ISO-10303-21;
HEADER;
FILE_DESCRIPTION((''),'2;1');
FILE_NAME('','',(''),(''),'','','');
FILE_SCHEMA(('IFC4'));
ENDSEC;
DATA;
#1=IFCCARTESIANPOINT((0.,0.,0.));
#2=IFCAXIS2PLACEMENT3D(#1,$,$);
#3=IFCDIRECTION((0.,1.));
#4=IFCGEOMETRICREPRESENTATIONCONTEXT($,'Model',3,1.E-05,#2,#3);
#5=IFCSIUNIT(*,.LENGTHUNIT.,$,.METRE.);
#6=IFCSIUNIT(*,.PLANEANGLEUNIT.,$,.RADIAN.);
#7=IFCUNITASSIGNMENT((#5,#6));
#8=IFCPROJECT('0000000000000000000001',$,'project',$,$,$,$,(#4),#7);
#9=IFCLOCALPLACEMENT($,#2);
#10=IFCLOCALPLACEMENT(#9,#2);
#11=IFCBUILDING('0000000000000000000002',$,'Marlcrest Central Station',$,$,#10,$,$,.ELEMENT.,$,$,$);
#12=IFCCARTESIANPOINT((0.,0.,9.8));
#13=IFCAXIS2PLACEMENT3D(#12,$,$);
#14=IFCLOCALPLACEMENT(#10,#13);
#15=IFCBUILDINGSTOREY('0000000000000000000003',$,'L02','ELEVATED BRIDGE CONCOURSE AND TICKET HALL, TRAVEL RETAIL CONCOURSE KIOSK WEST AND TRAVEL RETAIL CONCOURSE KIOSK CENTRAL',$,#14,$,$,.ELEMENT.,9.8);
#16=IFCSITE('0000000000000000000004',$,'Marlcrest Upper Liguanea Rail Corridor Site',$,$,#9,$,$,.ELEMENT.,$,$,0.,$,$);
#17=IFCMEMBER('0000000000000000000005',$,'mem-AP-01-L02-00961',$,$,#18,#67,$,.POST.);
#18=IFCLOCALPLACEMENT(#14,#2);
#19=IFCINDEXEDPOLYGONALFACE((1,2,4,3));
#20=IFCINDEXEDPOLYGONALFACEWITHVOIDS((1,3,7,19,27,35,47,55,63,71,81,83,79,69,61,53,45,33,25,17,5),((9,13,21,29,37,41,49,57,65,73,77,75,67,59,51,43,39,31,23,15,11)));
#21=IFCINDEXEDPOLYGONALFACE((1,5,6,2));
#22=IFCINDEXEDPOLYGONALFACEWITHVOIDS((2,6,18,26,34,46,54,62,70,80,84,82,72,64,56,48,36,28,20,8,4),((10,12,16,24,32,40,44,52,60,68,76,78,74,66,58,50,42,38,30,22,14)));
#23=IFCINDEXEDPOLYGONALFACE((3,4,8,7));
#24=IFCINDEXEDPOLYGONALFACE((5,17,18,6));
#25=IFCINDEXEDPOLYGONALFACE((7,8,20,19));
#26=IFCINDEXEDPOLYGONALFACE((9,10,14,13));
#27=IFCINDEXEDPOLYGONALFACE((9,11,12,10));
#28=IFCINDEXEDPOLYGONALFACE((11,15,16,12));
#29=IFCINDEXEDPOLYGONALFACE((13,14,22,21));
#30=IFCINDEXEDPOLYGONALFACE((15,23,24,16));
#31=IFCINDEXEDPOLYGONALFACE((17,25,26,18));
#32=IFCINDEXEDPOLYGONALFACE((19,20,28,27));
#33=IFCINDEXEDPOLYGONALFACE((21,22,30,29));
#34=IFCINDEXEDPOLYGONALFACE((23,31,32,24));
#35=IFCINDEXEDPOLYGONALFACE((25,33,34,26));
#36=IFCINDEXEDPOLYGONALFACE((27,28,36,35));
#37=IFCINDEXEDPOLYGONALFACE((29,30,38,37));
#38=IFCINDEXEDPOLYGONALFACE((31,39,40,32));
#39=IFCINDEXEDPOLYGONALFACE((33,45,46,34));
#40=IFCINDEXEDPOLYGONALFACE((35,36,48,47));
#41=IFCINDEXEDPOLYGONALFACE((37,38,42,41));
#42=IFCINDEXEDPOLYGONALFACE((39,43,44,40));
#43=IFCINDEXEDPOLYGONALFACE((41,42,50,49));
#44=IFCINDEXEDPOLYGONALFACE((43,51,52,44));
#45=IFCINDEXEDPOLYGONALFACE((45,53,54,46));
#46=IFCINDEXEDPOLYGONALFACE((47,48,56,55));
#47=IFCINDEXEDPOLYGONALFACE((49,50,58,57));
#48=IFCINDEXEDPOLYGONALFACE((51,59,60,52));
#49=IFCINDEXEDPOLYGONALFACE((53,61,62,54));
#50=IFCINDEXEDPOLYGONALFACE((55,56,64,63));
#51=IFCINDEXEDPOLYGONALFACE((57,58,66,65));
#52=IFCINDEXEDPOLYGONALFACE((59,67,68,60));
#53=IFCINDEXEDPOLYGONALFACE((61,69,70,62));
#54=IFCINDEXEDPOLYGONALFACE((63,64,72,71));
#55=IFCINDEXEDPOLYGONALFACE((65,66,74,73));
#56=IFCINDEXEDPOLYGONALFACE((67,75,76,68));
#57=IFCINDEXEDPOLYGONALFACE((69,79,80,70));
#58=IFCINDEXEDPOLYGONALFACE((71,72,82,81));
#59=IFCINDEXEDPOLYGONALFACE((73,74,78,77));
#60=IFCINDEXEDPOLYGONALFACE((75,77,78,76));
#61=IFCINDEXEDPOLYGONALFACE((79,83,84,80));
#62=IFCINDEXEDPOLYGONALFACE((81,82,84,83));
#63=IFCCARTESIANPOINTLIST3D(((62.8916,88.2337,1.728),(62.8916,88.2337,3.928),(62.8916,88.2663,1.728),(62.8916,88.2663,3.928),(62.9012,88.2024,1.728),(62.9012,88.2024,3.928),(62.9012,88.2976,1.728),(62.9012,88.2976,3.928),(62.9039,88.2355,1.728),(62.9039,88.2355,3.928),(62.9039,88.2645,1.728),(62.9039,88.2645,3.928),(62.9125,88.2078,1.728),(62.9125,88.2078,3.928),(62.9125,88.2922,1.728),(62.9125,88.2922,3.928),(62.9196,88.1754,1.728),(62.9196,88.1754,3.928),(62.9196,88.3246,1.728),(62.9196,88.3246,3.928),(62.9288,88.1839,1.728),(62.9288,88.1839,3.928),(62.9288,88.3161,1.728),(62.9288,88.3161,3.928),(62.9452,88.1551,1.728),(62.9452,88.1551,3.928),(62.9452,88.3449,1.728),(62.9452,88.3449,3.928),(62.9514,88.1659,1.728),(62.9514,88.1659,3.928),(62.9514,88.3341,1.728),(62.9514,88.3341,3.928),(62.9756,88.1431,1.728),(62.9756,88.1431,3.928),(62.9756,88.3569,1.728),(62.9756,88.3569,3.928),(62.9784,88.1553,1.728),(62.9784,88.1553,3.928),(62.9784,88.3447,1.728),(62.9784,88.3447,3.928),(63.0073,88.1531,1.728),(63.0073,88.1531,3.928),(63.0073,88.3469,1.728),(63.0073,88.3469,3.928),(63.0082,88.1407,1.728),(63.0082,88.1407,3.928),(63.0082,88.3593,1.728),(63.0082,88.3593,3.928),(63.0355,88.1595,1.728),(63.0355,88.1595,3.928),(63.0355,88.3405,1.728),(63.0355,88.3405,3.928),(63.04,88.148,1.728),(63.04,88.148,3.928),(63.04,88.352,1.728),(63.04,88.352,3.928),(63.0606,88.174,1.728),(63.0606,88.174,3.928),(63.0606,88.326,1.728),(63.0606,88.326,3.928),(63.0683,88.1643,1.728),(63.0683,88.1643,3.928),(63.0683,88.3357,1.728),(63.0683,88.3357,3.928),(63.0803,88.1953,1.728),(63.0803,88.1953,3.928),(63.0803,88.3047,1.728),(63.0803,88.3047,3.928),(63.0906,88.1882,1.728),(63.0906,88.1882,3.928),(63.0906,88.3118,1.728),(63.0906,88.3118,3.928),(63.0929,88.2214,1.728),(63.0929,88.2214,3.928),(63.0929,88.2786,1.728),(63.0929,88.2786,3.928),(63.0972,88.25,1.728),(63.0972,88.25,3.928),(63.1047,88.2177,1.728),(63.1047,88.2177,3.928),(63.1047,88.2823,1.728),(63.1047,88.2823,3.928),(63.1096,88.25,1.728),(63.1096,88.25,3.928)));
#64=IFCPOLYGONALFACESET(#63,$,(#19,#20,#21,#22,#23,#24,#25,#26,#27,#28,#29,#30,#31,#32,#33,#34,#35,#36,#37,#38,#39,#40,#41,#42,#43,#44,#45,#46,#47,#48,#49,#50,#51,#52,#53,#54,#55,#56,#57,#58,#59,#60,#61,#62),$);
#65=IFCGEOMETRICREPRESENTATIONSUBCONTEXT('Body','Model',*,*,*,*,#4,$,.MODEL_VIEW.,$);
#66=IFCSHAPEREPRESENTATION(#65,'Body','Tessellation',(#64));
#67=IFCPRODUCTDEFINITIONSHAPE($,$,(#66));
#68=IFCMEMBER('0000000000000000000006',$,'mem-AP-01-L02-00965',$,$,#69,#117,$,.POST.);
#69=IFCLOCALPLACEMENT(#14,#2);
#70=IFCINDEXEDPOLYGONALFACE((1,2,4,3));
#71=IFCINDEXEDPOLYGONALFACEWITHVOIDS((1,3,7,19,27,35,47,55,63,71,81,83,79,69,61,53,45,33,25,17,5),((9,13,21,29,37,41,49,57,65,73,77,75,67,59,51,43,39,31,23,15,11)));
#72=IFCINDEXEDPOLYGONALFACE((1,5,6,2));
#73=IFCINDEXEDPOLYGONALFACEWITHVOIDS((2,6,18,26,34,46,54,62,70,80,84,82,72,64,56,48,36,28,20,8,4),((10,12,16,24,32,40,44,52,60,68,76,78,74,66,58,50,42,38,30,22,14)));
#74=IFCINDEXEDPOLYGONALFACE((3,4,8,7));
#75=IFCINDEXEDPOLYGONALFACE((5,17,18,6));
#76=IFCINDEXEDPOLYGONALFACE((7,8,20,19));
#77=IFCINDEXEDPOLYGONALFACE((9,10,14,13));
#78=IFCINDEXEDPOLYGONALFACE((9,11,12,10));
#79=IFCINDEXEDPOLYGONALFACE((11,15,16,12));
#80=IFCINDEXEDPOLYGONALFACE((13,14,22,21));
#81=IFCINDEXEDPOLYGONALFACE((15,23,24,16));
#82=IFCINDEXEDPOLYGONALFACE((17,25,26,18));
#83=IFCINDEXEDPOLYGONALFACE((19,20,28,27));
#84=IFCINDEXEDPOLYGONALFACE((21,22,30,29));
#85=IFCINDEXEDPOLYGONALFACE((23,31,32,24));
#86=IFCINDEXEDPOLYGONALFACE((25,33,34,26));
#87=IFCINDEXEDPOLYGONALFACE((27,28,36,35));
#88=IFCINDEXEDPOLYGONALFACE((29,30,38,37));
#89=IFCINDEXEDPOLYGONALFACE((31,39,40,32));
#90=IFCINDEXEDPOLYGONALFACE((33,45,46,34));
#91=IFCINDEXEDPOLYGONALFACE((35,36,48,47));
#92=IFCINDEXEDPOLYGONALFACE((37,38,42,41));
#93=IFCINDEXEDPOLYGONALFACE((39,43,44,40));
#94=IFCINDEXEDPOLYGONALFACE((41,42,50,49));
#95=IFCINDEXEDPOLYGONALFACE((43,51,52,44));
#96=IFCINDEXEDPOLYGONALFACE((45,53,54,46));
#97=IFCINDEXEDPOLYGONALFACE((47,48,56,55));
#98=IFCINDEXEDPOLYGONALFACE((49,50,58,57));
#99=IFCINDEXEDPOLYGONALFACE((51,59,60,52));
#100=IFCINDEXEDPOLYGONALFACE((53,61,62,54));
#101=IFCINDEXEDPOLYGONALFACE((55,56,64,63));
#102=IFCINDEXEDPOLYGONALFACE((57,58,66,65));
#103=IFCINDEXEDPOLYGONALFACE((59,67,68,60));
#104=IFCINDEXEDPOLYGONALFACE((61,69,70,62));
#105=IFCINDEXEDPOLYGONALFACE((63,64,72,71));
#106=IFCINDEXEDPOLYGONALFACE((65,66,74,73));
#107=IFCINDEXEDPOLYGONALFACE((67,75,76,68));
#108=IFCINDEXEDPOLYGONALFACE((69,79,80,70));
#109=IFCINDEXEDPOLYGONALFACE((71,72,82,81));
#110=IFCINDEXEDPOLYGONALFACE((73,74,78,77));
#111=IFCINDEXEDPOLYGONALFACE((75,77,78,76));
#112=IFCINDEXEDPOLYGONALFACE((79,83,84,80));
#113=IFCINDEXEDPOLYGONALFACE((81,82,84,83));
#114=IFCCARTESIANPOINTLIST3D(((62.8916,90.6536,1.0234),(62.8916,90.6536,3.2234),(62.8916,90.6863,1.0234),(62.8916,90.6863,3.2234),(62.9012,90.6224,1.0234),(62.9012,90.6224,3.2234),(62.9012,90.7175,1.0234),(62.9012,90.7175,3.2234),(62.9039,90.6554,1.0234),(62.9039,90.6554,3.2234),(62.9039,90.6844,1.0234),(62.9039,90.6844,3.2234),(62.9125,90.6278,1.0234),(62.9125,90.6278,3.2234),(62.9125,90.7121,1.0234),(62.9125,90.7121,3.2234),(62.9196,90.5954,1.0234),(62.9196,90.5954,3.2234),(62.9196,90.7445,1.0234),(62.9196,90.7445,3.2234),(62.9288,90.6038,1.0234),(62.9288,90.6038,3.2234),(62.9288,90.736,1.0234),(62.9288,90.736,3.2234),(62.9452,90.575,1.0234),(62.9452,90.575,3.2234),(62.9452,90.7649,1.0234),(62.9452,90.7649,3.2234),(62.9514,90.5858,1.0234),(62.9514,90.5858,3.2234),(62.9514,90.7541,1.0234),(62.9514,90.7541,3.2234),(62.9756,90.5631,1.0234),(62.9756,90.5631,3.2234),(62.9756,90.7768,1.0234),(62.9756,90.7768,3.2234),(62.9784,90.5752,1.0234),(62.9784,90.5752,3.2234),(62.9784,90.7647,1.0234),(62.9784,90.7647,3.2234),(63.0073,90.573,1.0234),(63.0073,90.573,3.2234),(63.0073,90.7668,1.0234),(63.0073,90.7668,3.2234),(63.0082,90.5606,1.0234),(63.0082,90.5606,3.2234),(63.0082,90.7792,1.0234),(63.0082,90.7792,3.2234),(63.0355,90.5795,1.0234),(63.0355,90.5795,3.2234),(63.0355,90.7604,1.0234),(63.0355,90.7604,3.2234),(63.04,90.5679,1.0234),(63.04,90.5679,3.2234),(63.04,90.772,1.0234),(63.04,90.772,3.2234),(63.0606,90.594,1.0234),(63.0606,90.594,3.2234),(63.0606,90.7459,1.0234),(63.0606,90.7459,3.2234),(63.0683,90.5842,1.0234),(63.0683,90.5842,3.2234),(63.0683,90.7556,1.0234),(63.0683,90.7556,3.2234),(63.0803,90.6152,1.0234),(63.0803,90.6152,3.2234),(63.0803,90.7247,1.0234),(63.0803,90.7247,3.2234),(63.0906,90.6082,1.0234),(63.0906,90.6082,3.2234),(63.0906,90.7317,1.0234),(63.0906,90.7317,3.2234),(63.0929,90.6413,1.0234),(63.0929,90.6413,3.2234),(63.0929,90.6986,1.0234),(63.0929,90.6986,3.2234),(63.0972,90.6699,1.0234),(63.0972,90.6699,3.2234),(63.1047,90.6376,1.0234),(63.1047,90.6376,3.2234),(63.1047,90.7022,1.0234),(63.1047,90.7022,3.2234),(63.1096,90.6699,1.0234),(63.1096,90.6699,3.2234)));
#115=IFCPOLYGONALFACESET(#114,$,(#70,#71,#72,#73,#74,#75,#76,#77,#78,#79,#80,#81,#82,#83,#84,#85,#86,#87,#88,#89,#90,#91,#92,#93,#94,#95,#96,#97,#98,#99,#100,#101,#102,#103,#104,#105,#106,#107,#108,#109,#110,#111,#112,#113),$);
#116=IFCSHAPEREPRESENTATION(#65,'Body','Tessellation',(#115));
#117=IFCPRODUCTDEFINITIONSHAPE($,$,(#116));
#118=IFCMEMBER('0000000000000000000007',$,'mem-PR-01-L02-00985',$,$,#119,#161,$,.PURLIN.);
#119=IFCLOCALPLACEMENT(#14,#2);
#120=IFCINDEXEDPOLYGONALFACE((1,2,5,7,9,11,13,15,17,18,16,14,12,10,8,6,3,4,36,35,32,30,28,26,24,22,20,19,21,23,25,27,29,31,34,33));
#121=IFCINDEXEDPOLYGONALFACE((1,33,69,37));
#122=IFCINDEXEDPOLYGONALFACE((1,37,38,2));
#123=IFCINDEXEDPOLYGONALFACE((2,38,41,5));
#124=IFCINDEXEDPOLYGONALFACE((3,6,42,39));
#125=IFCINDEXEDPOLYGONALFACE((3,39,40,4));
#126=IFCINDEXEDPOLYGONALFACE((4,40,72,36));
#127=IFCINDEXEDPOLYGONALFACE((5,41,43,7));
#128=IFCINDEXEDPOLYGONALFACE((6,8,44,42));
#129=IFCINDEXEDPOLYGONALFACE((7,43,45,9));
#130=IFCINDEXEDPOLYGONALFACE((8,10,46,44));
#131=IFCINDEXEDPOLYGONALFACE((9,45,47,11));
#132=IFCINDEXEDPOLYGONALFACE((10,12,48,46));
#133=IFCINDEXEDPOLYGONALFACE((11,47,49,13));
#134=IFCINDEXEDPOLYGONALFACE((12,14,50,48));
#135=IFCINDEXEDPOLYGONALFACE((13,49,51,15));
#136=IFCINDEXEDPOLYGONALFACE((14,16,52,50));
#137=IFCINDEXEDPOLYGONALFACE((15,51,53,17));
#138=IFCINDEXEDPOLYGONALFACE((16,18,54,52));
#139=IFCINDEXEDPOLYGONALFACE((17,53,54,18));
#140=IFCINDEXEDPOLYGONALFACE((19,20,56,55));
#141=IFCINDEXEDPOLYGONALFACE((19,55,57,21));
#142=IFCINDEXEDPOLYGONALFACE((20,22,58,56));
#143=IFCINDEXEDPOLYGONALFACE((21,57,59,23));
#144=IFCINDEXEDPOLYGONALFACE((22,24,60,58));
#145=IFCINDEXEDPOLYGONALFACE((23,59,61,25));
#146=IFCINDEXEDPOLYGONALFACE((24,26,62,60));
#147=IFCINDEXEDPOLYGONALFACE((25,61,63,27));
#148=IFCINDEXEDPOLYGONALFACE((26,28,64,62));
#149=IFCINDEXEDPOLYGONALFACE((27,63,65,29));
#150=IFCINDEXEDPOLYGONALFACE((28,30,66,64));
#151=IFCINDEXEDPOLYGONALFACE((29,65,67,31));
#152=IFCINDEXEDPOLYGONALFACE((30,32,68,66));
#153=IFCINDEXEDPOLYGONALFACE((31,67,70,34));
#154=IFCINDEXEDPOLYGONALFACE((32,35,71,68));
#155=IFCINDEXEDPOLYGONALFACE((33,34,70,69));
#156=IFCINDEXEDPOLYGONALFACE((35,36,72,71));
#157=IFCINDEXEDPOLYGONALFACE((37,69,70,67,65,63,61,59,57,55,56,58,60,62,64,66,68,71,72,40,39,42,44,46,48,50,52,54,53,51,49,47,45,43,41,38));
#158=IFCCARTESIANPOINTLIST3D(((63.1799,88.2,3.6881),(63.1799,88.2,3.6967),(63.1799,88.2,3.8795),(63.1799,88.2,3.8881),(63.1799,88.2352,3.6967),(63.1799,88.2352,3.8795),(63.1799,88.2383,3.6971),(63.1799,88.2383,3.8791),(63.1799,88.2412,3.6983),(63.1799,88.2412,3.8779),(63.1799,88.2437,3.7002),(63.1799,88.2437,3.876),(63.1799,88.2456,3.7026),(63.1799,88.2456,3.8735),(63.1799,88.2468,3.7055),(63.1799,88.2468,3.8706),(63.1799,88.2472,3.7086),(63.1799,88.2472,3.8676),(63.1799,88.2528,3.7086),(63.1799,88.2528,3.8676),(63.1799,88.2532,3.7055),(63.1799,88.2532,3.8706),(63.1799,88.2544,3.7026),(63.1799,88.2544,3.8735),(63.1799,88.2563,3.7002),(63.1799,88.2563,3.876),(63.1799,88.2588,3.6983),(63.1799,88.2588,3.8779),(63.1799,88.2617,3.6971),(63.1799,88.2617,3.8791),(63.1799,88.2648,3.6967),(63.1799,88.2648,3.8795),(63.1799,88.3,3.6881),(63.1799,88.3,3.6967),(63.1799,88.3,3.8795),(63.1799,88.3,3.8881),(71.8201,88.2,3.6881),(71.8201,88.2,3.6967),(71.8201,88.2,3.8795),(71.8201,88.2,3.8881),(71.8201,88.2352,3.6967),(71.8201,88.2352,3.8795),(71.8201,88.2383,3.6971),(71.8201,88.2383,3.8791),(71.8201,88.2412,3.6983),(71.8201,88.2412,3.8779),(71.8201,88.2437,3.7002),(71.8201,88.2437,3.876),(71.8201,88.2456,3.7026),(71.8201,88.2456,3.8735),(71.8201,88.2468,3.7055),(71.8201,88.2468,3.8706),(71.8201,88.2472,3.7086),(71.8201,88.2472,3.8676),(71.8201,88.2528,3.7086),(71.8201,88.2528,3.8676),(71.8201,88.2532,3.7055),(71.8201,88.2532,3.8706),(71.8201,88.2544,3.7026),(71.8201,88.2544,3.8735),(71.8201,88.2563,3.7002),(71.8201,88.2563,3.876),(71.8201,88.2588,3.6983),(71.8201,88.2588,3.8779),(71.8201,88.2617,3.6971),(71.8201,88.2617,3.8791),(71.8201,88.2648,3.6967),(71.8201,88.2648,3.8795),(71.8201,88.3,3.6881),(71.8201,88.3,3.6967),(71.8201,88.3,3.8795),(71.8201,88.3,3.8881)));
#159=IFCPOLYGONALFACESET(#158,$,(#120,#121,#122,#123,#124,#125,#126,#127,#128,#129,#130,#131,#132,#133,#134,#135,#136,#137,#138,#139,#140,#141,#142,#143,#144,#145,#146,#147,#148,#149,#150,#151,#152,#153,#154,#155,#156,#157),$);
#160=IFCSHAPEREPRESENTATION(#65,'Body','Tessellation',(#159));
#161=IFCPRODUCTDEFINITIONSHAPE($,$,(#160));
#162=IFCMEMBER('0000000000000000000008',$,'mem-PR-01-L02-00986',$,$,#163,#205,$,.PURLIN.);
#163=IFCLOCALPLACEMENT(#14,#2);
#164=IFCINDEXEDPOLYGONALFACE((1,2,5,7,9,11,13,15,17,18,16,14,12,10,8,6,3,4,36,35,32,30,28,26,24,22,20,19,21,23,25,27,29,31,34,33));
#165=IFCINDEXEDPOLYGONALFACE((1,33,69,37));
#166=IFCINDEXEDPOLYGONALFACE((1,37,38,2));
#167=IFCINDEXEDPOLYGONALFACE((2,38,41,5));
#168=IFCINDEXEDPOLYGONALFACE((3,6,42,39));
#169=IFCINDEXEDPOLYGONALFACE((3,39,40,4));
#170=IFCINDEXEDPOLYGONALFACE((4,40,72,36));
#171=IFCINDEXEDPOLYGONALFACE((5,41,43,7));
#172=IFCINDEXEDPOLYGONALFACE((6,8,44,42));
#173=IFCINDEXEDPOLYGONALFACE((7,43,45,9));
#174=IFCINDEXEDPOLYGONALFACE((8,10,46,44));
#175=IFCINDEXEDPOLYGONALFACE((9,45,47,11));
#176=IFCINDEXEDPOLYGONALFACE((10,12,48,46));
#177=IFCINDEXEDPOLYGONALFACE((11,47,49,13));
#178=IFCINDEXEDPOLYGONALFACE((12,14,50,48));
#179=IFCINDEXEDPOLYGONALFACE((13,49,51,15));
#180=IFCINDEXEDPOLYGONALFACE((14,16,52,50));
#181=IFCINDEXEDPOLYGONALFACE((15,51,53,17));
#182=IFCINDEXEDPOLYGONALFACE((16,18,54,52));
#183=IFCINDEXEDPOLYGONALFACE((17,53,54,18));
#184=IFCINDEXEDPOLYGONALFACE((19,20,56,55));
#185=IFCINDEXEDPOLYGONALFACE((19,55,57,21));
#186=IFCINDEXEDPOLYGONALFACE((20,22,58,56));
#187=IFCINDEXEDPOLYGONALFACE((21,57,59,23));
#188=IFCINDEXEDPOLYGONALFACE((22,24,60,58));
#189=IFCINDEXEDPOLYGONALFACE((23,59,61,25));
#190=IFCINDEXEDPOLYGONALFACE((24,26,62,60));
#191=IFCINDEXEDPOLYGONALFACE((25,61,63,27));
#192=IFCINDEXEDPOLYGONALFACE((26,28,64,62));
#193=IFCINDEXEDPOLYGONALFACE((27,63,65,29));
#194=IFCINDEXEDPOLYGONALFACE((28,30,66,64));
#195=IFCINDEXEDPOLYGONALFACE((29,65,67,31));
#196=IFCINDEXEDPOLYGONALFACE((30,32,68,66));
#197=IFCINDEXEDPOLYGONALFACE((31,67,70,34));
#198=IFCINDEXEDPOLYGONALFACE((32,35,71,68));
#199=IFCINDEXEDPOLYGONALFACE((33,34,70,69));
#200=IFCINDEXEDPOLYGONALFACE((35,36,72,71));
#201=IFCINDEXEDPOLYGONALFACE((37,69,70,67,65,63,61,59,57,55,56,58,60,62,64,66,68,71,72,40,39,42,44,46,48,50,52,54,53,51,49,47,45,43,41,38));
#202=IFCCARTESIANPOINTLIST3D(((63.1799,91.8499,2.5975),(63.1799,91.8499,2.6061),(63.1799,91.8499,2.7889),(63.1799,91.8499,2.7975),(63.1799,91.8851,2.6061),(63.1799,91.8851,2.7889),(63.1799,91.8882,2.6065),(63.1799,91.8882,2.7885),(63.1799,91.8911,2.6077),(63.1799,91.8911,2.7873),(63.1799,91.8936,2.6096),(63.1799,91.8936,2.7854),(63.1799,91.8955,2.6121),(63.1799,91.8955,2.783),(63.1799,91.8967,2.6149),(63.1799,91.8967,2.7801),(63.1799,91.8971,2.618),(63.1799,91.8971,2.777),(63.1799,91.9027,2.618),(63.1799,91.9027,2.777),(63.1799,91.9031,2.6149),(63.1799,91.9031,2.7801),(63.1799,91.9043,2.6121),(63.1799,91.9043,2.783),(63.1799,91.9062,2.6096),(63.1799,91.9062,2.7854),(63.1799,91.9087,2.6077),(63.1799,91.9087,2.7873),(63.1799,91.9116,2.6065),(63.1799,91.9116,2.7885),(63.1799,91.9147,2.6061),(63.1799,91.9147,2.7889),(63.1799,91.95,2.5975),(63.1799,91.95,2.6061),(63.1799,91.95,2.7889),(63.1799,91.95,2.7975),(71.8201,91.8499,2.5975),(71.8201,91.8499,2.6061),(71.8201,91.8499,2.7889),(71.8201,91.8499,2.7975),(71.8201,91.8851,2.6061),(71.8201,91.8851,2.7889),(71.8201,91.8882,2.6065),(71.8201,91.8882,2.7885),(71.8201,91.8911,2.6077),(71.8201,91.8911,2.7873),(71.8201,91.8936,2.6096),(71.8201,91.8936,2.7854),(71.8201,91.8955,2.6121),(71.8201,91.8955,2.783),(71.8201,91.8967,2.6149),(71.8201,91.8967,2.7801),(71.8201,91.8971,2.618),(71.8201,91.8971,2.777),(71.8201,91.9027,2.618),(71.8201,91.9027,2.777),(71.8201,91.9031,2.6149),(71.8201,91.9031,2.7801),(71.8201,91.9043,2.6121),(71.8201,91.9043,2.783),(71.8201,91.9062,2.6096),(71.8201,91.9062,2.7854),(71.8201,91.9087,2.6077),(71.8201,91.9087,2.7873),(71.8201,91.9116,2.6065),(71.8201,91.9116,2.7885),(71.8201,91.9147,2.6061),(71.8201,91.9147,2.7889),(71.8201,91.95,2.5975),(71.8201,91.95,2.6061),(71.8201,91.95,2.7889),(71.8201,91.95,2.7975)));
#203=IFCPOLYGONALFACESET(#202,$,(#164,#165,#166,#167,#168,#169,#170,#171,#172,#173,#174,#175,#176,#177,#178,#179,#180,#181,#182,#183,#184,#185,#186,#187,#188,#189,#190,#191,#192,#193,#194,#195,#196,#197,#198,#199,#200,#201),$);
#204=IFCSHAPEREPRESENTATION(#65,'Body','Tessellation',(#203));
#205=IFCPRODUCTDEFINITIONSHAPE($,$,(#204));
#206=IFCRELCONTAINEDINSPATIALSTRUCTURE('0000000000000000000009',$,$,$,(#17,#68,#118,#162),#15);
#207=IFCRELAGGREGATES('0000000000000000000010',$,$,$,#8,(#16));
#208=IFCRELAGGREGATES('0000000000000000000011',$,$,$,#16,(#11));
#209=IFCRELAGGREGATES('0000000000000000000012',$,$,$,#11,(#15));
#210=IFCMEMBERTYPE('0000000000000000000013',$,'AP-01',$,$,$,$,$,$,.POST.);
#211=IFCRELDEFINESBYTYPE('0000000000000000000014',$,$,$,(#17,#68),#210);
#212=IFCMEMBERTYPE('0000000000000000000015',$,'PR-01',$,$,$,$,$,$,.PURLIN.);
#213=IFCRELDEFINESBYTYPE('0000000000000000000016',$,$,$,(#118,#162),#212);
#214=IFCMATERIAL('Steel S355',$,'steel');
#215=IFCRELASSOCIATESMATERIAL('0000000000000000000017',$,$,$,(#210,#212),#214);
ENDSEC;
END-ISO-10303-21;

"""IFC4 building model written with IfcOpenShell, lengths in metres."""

from ifc_helpers import new_model, si_unit, direction, frame, origin, origin_2d, place, context, subcontext, project, spatial, hollow_circle, i_section, extrude, material, material_profile, profile_set, type_object, element, save


model = new_model("IFC4")

# Units and contexts
model_context = context("Model", 3, precision=1e-05, world=origin(), true_north=direction((0.0, 1.0)))
body_context = subcontext(model_context, "Body", "Model", "MODEL_VIEW")
ifc_project = project(units=[si_unit("LENGTHUNIT", "METRE"), si_unit("PLANEANGLEUNIT", "RADIAN")], contexts=[model_context])

# Site, building, storey
site_placement = place(None, origin())
site = spatial("IfcSite", under=ifc_project, at=site_placement, Name="Marlcrest Upper Liguanea Rail Corridor Site", CompositionType="ELEMENT", RefElevation=0.0)
building_placement = place(site_placement, origin())
building = spatial("IfcBuilding", under=site, at=building_placement, Name="Marlcrest Central Station", CompositionType="ELEMENT")
storey_placement = place(building_placement, frame((0.0, 0.0, 9.8)))
storey = spatial("IfcBuildingStorey", under=building, at=storey_placement, Name="L02", Description="ELEVATED BRIDGE CONCOURSE AND TICKET HALL, TRAVEL RETAIL CONCOURSE KIOSK WEST AND TRAVEL RETAIL CONCOURSE KIOSK CENTRAL", CompositionType="ELEMENT", Elevation=9.8)

# Members
ifc_material_1 = material(Name="Steel S355", Category="steel")
ifc_material_profile_1 = material_profile(ifc_material_1, hollow_circle(Radius=0.1096, WallThickness=0.0125, at=origin_2d()), Name="CHS 219.1x12.5")
ifc_profile_set_1 = profile_set([ifc_material_profile_1], Name="Steel S355")
member_type_1 = type_object("IfcMemberType", Name="AP-01", PredefinedType="POST", material=ifc_profile_set_1)
for number, where, z_axis, x_axis, name in (
    (1, (63.0, 88.25, 1.728), (0.0, 0.0, 1.0), (1.0, 0.0, 0.0), "mem-AP-01-L02-00961"),
    (2, (63.0, 90.6699, 1.0234), (0.0, 0.0, 1.0), (1.0, 0.0, 0.0), "mem-AP-01-L02-00965"),
):
    element("IfcMember", number, at=place(storey_placement, frame(where, z_axis=z_axis, x_axis=x_axis)), inside=storey, type_object=member_type_1, Name=name, PredefinedType="POST", context=body_context, shape_type="SweptSolid", body=[
        extrude(hollow_circle(Radius=0.1096, WallThickness=0.0125, at=origin_2d()), origin(), (0.0, 0.0, 1.0), 2.2),
    ])
ifc_material_profile_2 = material_profile(ifc_material_1, i_section(OverallWidth=0.1001, OverallDepth=0.2, WebThickness=0.0056, FlangeThickness=0.0085, FilletRadius=0.012, at=origin_2d()), Name="IPE 200")
ifc_profile_set_2 = profile_set([ifc_material_profile_2], Name="Steel S355")
member_type_2 = type_object("IfcMemberType", Name="PR-01", PredefinedType="PURLIN", material=ifc_profile_set_2)
for number, where, z_axis, x_axis, name in (
    (3, (63.1799, 88.25, 3.7881), (1.0, 0.0, 0.0), (0.0, 1.0, 0.0), "mem-PR-01-L02-00985"),
    (4, (63.1799, 91.8999, 2.6975), (1.0, 0.0, 0.0), (0.0, 1.0, 0.0), "mem-PR-01-L02-00986"),
):
    element("IfcMember", number, at=place(storey_placement, frame(where, z_axis=z_axis, x_axis=x_axis)), inside=storey, type_object=member_type_2, Name=name, PredefinedType="PURLIN", context=body_context, shape_type="SweptSolid", body=[
        extrude(i_section(OverallWidth=0.1001, OverallDepth=0.2, WebThickness=0.0056, FlangeThickness=0.0085, FilletRadius=0.012, at=origin_2d()), origin(), (0.0, 0.0, 1.0), 8.6401),
    ])

save(model, "model.ifc")
